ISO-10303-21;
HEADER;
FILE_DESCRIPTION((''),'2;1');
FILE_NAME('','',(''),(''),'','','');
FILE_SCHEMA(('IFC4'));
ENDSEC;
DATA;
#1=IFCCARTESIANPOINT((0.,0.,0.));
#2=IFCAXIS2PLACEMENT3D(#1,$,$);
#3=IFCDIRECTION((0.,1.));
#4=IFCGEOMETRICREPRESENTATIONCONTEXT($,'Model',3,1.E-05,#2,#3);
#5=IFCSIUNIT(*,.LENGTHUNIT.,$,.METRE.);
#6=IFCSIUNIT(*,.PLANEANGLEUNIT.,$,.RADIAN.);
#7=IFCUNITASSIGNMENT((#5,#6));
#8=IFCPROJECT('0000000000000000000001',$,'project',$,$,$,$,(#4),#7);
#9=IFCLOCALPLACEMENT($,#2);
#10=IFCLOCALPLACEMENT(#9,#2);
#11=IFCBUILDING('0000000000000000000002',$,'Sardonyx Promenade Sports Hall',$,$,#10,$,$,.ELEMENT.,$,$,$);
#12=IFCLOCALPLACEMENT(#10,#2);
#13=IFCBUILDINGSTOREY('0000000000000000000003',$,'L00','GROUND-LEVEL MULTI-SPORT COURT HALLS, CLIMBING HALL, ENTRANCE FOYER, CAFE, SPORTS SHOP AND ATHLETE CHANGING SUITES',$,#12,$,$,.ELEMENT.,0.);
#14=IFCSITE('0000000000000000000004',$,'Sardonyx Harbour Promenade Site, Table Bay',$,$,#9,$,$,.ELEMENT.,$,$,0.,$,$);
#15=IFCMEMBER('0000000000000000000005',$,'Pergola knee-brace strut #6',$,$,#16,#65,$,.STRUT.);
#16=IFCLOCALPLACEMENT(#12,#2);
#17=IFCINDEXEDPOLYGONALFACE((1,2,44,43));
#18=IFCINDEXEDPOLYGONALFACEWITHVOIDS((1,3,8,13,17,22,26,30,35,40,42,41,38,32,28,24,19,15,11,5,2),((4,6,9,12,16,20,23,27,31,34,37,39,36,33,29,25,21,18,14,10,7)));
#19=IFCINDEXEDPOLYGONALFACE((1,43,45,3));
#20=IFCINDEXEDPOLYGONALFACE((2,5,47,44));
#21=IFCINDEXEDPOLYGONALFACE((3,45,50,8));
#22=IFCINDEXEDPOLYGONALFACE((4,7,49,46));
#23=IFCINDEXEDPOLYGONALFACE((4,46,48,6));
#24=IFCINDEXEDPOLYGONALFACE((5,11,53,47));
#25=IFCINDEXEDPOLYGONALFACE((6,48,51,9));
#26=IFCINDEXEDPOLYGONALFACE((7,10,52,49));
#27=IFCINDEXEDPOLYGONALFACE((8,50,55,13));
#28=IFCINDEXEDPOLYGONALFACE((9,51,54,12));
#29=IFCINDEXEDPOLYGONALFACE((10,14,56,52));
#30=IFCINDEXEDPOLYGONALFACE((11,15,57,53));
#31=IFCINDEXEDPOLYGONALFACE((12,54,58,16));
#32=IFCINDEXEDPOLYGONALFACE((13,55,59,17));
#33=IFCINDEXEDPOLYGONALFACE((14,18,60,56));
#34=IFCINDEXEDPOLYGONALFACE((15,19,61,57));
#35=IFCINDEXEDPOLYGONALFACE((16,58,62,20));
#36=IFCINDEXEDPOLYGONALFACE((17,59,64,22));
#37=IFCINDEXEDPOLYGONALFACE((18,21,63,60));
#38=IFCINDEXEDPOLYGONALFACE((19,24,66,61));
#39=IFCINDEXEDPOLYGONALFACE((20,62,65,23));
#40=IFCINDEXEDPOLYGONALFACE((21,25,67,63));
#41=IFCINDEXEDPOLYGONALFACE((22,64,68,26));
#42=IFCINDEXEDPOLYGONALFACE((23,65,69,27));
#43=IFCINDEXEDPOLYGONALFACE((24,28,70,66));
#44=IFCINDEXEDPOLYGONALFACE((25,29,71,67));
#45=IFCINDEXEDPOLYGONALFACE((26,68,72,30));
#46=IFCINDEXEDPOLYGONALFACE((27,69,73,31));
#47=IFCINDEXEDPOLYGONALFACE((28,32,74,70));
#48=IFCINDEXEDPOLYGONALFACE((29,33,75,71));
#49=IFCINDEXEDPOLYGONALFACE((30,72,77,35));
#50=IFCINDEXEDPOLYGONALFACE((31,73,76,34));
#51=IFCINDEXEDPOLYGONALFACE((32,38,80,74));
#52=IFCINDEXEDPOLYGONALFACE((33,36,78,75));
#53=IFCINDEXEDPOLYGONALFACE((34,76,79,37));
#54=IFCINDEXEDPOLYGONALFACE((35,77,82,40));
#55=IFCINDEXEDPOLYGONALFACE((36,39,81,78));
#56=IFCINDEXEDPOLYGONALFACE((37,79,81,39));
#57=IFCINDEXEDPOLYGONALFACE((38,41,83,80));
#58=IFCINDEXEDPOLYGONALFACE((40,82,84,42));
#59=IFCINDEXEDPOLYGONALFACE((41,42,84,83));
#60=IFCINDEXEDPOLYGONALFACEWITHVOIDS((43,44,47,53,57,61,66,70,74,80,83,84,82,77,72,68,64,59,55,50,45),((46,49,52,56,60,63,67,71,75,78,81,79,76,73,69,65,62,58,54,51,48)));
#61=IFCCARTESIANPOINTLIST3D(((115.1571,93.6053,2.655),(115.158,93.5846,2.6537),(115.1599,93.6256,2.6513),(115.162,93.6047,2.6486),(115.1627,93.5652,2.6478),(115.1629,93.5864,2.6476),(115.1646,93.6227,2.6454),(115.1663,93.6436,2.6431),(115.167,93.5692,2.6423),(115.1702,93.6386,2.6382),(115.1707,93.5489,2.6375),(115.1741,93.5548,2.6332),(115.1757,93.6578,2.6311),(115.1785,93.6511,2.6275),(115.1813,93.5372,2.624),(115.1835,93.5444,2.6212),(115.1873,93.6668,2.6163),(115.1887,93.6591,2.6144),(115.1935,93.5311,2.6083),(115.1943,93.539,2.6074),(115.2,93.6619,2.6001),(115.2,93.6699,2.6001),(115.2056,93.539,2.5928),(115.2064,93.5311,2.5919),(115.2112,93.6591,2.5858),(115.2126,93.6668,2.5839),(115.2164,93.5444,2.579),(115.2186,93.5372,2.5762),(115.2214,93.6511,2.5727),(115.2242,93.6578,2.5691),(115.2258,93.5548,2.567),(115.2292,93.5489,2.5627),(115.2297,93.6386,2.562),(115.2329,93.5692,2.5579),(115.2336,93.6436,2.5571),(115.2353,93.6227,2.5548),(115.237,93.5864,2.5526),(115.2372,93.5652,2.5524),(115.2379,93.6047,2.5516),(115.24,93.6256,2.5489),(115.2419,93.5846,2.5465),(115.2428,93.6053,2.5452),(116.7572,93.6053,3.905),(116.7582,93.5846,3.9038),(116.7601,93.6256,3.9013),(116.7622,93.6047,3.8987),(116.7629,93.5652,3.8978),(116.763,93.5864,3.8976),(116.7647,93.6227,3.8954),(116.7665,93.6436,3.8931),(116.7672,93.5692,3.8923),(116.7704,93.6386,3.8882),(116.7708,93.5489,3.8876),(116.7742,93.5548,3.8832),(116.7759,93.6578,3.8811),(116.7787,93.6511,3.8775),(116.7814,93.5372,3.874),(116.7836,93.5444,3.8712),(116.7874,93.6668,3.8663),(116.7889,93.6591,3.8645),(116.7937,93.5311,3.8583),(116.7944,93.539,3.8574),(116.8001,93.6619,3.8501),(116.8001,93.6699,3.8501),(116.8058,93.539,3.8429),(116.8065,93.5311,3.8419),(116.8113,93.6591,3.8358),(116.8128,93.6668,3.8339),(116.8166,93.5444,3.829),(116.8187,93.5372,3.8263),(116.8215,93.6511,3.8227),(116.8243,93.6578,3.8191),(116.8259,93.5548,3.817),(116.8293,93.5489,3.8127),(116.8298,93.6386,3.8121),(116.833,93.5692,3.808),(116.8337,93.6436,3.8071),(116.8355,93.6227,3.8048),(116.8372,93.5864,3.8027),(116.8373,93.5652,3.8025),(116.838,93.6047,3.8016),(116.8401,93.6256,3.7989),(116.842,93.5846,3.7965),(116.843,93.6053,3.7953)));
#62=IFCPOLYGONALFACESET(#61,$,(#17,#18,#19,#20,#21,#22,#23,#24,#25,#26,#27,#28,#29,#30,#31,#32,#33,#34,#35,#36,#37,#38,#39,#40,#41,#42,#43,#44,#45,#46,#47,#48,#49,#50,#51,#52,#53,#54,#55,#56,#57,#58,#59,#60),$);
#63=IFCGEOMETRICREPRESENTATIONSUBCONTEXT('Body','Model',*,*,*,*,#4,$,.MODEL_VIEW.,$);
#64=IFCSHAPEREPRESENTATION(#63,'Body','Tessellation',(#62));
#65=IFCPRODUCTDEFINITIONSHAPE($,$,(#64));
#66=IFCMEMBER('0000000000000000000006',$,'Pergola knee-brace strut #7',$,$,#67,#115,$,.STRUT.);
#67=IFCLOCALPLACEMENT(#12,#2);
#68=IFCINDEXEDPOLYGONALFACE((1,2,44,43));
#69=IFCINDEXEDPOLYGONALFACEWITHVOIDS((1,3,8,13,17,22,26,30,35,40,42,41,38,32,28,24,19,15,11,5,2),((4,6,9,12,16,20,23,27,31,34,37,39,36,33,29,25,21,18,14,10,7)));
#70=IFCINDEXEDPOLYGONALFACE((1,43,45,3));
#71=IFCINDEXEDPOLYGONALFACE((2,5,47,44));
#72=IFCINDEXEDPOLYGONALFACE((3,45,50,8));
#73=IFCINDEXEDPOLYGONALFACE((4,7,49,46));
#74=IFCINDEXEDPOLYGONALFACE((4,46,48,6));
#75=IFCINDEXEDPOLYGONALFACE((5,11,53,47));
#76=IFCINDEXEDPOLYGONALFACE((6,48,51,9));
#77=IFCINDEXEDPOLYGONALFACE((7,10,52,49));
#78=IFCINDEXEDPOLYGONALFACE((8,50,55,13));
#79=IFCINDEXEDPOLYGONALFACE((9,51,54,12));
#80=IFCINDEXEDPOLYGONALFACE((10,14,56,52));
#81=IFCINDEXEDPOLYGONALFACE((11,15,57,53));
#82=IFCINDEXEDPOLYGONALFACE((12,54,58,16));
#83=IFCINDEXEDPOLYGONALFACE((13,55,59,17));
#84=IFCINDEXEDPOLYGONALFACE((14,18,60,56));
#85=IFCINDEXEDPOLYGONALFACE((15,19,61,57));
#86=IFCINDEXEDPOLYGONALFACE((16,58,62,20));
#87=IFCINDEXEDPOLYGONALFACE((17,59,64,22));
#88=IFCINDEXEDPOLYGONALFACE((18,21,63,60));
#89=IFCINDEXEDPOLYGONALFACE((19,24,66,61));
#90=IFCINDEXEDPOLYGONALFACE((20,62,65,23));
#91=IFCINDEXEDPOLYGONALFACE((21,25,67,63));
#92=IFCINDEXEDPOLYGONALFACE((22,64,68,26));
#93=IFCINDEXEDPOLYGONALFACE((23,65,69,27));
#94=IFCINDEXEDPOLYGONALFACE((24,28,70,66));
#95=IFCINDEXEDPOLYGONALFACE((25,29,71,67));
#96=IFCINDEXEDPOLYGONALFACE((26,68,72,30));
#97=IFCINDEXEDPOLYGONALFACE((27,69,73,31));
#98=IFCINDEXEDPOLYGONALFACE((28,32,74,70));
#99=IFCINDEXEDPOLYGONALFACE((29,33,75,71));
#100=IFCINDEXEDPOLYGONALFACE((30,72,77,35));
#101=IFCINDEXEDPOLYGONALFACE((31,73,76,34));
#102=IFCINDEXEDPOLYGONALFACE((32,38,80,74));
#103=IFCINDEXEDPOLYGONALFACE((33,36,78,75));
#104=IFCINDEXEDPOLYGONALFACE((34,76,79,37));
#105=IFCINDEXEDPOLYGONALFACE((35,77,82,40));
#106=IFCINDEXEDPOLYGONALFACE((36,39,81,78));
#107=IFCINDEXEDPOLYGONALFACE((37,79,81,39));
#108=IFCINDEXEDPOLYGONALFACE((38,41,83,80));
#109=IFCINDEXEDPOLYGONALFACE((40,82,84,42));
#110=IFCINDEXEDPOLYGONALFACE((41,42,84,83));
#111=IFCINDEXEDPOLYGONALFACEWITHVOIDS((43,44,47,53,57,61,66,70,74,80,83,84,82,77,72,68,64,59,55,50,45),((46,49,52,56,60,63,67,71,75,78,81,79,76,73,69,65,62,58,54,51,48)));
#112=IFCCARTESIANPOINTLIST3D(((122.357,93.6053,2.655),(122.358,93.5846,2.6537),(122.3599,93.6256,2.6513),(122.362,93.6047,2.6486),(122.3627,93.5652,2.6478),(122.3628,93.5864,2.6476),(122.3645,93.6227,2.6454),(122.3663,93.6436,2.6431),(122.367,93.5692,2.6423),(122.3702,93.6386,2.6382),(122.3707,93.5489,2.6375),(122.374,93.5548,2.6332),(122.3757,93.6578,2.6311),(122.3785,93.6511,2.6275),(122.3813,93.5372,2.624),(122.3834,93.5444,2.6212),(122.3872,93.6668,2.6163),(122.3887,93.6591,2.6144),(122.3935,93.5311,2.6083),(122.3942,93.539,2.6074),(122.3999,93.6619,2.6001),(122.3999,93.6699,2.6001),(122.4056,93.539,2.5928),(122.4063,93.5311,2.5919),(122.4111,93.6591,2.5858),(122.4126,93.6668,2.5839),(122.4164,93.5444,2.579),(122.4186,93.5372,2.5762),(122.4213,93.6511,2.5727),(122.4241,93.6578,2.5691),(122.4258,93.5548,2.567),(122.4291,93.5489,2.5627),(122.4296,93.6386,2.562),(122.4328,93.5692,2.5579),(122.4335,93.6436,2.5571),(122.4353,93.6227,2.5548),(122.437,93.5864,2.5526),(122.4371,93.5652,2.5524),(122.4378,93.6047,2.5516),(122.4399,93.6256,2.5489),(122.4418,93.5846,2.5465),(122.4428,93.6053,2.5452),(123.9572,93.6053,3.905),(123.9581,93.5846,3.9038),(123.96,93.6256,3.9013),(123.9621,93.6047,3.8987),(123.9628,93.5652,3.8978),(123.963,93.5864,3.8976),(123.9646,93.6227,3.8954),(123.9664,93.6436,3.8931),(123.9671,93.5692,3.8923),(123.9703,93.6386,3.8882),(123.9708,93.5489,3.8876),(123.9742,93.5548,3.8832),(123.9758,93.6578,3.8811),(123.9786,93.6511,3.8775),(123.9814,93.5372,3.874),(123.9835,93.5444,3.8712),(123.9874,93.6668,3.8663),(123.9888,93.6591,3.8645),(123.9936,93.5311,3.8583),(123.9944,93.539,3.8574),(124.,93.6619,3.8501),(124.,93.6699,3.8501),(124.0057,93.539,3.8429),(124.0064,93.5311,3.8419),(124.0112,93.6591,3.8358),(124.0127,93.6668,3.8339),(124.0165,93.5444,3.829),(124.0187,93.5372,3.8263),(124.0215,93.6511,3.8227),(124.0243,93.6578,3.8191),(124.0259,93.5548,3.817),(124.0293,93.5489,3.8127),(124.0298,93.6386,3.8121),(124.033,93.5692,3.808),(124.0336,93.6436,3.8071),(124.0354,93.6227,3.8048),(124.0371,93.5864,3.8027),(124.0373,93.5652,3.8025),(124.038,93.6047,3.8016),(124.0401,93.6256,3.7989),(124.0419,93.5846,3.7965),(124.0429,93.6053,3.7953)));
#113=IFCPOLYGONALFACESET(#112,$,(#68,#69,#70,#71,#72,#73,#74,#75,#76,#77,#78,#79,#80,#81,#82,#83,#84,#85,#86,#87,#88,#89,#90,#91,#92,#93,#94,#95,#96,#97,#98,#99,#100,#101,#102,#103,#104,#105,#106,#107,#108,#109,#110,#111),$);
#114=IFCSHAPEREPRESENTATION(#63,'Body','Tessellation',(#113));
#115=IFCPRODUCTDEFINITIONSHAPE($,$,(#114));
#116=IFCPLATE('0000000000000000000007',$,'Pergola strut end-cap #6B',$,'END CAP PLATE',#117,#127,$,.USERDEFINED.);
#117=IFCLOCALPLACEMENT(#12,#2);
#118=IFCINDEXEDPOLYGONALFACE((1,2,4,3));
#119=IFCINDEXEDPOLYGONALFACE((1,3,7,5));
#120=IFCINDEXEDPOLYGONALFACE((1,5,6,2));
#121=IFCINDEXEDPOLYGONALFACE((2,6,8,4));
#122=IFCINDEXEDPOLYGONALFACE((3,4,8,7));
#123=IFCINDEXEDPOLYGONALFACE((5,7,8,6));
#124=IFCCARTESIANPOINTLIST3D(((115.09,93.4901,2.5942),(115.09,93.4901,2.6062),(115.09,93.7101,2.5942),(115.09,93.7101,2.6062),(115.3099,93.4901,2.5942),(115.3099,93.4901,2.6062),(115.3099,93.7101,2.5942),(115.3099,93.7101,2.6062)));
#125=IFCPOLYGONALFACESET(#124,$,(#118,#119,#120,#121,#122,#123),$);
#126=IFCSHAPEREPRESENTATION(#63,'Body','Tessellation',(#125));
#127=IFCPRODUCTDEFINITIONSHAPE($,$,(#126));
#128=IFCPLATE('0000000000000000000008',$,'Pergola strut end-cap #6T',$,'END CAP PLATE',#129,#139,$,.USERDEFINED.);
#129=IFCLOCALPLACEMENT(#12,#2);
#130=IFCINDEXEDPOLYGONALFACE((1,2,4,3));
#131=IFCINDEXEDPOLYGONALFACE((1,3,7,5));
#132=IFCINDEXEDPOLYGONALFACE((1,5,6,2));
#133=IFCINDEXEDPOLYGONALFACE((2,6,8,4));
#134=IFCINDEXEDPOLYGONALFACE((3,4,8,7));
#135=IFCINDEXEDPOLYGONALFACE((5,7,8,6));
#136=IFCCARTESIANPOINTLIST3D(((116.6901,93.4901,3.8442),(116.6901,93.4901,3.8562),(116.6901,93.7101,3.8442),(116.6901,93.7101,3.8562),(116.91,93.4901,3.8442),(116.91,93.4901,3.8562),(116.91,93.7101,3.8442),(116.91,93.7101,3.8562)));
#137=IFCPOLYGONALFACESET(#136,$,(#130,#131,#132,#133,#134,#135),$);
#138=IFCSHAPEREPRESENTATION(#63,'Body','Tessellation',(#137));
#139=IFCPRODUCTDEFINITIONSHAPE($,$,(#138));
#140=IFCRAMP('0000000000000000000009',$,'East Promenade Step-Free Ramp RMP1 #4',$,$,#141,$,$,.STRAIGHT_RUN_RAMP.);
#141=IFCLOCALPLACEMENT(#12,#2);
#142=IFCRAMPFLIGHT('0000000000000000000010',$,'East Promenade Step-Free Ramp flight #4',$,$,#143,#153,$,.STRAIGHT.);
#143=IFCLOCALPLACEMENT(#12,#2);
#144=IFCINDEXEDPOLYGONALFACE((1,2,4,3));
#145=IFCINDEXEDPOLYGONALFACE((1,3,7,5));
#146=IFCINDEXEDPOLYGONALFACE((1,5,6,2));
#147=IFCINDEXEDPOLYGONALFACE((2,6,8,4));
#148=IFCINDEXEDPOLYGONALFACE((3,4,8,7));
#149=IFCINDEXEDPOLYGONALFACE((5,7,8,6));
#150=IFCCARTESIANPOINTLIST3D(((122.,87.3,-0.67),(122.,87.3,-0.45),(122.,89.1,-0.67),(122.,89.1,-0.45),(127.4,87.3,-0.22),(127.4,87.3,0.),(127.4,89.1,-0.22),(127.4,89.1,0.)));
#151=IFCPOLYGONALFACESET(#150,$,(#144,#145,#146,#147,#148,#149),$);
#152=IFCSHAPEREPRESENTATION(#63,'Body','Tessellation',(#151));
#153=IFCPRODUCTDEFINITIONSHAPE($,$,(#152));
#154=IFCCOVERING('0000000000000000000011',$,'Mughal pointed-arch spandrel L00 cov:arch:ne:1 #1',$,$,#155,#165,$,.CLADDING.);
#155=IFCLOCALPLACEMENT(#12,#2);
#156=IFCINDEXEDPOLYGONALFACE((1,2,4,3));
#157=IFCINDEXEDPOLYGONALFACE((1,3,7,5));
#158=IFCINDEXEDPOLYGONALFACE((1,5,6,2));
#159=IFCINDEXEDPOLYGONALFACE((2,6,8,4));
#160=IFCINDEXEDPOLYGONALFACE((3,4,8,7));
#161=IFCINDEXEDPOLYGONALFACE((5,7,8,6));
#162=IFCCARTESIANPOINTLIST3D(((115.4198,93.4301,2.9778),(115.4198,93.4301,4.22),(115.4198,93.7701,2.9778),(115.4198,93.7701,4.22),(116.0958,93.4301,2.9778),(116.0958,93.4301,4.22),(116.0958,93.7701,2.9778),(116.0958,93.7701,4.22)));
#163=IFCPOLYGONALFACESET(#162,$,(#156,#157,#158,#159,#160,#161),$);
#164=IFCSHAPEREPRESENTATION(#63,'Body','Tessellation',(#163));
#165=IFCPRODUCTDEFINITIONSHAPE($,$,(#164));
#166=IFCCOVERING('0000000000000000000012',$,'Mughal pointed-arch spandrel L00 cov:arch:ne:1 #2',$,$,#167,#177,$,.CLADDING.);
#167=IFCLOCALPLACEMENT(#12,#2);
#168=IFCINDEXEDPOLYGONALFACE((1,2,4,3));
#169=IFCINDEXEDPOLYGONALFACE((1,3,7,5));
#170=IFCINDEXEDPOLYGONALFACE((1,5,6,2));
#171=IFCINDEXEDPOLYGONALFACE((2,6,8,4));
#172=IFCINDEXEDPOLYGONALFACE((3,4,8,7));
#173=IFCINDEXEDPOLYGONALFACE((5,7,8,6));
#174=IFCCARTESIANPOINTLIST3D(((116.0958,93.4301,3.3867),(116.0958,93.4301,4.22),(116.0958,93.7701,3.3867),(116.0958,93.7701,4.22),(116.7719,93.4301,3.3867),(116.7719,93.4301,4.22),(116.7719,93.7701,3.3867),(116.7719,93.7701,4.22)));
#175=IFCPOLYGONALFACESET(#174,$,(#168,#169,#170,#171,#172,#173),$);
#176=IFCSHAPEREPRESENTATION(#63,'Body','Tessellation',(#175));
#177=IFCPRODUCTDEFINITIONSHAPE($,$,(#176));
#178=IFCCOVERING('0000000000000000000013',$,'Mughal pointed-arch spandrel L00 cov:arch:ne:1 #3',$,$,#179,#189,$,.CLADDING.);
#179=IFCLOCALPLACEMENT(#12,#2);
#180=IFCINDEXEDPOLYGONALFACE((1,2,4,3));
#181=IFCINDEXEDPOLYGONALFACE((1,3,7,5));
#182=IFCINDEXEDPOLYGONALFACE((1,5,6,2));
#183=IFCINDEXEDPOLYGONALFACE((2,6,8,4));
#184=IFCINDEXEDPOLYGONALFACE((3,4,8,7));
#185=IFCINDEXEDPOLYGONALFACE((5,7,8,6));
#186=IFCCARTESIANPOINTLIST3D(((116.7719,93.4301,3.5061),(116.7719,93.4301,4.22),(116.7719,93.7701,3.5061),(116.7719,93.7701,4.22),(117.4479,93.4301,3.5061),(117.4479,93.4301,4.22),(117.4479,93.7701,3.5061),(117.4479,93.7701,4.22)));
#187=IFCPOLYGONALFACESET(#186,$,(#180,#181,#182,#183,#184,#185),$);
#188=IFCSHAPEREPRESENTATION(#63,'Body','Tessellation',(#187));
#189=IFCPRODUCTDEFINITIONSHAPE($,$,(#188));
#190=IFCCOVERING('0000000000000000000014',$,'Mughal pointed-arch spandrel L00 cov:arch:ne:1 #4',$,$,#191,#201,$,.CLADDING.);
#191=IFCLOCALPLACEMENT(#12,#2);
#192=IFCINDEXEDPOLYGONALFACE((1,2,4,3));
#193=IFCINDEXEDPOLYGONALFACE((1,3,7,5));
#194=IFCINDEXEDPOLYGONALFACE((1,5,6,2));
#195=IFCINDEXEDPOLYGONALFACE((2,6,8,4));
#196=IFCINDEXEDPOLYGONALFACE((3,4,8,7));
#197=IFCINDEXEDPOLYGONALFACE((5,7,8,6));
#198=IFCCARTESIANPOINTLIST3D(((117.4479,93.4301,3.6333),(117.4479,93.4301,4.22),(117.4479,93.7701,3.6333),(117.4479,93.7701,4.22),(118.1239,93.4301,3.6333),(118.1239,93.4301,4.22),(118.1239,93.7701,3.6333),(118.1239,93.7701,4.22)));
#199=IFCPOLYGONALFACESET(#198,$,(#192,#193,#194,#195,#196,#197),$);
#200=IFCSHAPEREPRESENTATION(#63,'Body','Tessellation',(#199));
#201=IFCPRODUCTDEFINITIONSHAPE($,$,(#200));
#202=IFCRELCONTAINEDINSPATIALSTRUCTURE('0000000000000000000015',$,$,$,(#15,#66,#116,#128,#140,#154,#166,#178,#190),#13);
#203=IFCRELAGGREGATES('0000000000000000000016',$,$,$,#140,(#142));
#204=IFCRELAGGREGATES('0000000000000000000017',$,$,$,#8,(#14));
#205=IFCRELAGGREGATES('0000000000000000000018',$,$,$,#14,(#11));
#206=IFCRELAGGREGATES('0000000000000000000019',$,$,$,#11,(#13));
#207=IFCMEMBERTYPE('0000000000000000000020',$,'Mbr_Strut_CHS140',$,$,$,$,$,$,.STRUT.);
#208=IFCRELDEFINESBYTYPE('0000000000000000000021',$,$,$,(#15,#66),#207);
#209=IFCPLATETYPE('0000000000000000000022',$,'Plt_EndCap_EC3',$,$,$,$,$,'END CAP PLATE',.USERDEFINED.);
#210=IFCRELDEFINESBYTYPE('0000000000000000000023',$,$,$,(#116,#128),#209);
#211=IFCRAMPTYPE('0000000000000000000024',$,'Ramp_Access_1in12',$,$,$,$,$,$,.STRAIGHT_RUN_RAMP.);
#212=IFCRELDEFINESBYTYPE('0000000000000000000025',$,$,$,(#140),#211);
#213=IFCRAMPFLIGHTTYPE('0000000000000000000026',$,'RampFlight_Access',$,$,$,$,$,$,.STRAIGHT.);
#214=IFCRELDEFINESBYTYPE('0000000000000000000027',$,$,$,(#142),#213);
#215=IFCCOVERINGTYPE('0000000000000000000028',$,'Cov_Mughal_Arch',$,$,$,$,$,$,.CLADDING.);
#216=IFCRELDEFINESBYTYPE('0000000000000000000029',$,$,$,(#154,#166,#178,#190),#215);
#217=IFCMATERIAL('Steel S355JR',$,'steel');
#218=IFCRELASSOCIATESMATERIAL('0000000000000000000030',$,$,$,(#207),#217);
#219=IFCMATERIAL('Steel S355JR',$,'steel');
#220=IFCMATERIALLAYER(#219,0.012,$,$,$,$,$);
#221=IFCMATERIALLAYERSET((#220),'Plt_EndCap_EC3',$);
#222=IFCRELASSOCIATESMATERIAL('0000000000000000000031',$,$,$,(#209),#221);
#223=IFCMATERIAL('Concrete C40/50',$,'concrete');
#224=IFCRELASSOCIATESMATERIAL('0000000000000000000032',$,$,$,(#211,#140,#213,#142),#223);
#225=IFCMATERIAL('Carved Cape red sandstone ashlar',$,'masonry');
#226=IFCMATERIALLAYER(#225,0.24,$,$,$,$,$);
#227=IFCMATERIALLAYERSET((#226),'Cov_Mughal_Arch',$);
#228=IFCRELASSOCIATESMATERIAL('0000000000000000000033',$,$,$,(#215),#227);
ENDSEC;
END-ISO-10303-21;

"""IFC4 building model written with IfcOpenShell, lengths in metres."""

from ifc_helpers import new_model, si_unit, direction, frame, frame_2d, origin, origin_2d, place, context, subcontext, project, spatial, polyline, rectangle, hollow_circle, outline, extrude, material, layer, layer_set, material_profile, profile_set, type_object, element, aggregate, save


model = new_model("IFC4")

# Units and contexts
model_context = context("Model", 3, precision=1e-05, world=origin(), true_north=direction((0.0, 1.0)))
body_context = subcontext(model_context, "Body", "Model", "MODEL_VIEW")
ifc_project = project(units=[si_unit("LENGTHUNIT", "METRE"), si_unit("PLANEANGLEUNIT", "RADIAN")], contexts=[model_context])

# Site, building, storey
site_placement = place(None, origin())
site = spatial("IfcSite", under=ifc_project, at=site_placement, Name="Sardonyx Harbour Promenade Site, Table Bay", CompositionType="ELEMENT", RefElevation=0.0)
building_placement = place(site_placement, origin())
building = spatial("IfcBuilding", under=site, at=building_placement, Name="Sardonyx Promenade Sports Hall", CompositionType="ELEMENT")
storey_placement = place(building_placement, origin())
storey = spatial("IfcBuildingStorey", under=building, at=storey_placement, Name="L00", Description="GROUND-LEVEL MULTI-SPORT COURT HALLS, CLIMBING HALL, ENTRANCE FOYER, CAFE, SPORTS SHOP AND ATHLETE CHANGING SUITES", CompositionType="ELEMENT", Elevation=0.0)

# Members
ifc_material_1 = material(Name="Steel S355JR", Category="steel")
ifc_material_profile_1 = material_profile(ifc_material_1, hollow_circle(Radius=0.0698, WallThickness=0.0081, at=origin_2d()))
ifc_profile_set_1 = profile_set([ifc_material_profile_1], Name="Steel S355JR")
member_type_1 = type_object("IfcMemberType", Name="Mbr_Strut_CHS140", PredefinedType="STRUT", material=ifc_profile_set_1)
for number, where, z_axis, x_axis, name in (
    (1, (115.2, 93.6001, 2.6001), (0.788043, 0.0, 0.615621), (0.0, 1.0, 0.0), "Pergola knee-brace strut #6"),
    (2, (122.3999, 93.6001, 2.6001), (0.788043, 0.0, 0.615621), (0.0, 1.0, 0.0), "Pergola knee-brace strut #7"),
):
    element("IfcMember", number, at=place(storey_placement, frame(where, z_axis=z_axis, x_axis=x_axis)), inside=storey, type_object=member_type_1, Name=name, PredefinedType="STRUT", context=body_context, shape_type="SweptSolid", body=[
        extrude(hollow_circle(Radius=0.0698, WallThickness=0.0081, at=origin_2d()), origin(), (0.0, 0.0, 1.0), 2.0305),
    ])

# Plates
ifc_material_2 = material(Name="Steel S355JR", Category="steel")
ifc_layer_1 = layer(ifc_material_2, 0.012)
ifc_layer_set_1 = layer_set([ifc_layer_1], Name="Plt_EndCap_EC3")
plate_type = type_object("IfcPlateType", Name="Plt_EndCap_EC3", ElementType="END CAP PLATE", PredefinedType="USERDEFINED", material=ifc_layer_set_1)
for number, where, z_axis, x_axis, name in (
    (3, (115.2, 93.6001, 2.5942), (0.0, 0.0, 1.0), (1.0, 0.0, 0.0), "Pergola strut end-cap #6B"),
    (4, (116.8, 93.6001, 3.8442), (0.0, 0.0, 1.0), (1.0, 0.0, 0.0), "Pergola strut end-cap #6T"),
):
    element("IfcPlate", number, at=place(storey_placement, frame(where, z_axis=z_axis, x_axis=x_axis)), inside=storey, type_object=plate_type, Name=name, ObjectType="END CAP PLATE", PredefinedType="USERDEFINED", context=body_context, shape_type="SweptSolid", body=[
        extrude(rectangle(XDim=0.22, YDim=0.22, at=origin_2d()), origin(), (0.0, 0.0, 1.0), 0.012),
    ])

# Ramp, ramp flight
ifc_material_3 = material(Name="Concrete C40/50", Category="concrete")
ramp_type = type_object("IfcRampType", Name="Ramp_Access_1in12", PredefinedType="STRAIGHT_RUN_RAMP", material=ifc_material_3)
ramp_placement = place(storey_placement, frame((122.0, 88.2, -0.45), z_axis=(0.0, 0.0, 1.0), x_axis=(1.0, 0.0, 0.0)))
ramp = element("IfcRamp", 5, at=ramp_placement, inside=storey, type_object=ramp_type, material=ifc_material_3, Name="East Promenade Step-Free Ramp RMP1 #4", PredefinedType="STRAIGHT_RUN_RAMP")
ramp_flight_type = type_object("IfcRampFlightType", Name="RampFlight_Access", PredefinedType="STRAIGHT", material=ifc_material_3)
ramp_flight_placement = place(storey_placement, frame((122.0, 88.2, -0.45), z_axis=(0.0, -1.0, 0.0), x_axis=(1.0, 0.0, 0.0)))
ramp_flight = element("IfcRampFlight", 6, at=ramp_flight_placement, type_object=ramp_flight_type, material=ifc_material_3, Name="East Promenade Step-Free Ramp flight #4", PredefinedType="STRAIGHT", context=body_context, shape_type="SweptSolid", body=[
    extrude(outline(polyline([(0.0, 0.0), (5.4, 0.45), (5.4, 0.23), (0.0, -0.22), (0.0, 0.0)])), frame((0.0, 0.0, -0.9)), (0.0, 0.0, 1.0), 1.8),
])
aggregate(ramp, [ramp_flight])

# Coverings
ifc_material_4 = material(Name="Carved Cape red sandstone ashlar", Category="masonry")
ifc_layer_2 = layer(ifc_material_4, 0.24)
ifc_layer_set_2 = layer_set([ifc_layer_2], Name="Cov_Mughal_Arch")
covering_type = type_object("IfcCoveringType", Name="Cov_Mughal_Arch", PredefinedType="CLADDING", material=ifc_layer_set_2)
covering_1_placement = place(storey_placement, frame((115.4199, 93.6001, 2.9778), z_axis=(0.0, 0.0, 1.0), x_axis=(1.0, 0.0, 0.0)))
element("IfcCovering", 7, at=covering_1_placement, inside=storey, type_object=covering_type, Name="Mughal pointed-arch spandrel L00 cov:arch:ne:1 #1", PredefinedType="CLADDING", context=body_context, shape_type="SweptSolid", body=[
    extrude(rectangle(XDim=0.676, YDim=0.3401, at=frame_2d((0.3379, 0.0))), origin(), (0.0, 0.0, 1.0), 1.2422),
])
covering_2_placement = place(storey_placement, frame((116.0959, 93.6001, 3.3867), z_axis=(0.0, 0.0, 1.0), x_axis=(1.0, 0.0, 0.0)))
element("IfcCovering", 8, at=covering_2_placement, inside=storey, type_object=covering_type, Name="Mughal pointed-arch spandrel L00 cov:arch:ne:1 #2", PredefinedType="CLADDING", context=body_context, shape_type="SweptSolid", body=[
    extrude(rectangle(XDim=0.676, YDim=0.3401, at=frame_2d((0.3379, 0.0))), origin(), (0.0, 0.0, 1.0), 0.8333),
])
covering_3_placement = place(storey_placement, frame((116.772, 93.6001, 3.5061), z_axis=(0.0, 0.0, 1.0), x_axis=(1.0, 0.0, 0.0)))
element("IfcCovering", 9, at=covering_3_placement, inside=storey, type_object=covering_type, Name="Mughal pointed-arch spandrel L00 cov:arch:ne:1 #3", PredefinedType="CLADDING", context=body_context, shape_type="SweptSolid", body=[
    extrude(rectangle(XDim=0.676, YDim=0.3401, at=frame_2d((0.3379, 0.0))), origin(), (0.0, 0.0, 1.0), 0.7139),
])
covering_4_placement = place(storey_placement, frame((117.448, 93.6001, 3.6333), z_axis=(0.0, 0.0, 1.0), x_axis=(1.0, 0.0, 0.0)))
element("IfcCovering", 10, at=covering_4_placement, inside=storey, type_object=covering_type, Name="Mughal pointed-arch spandrel L00 cov:arch:ne:1 #4", PredefinedType="CLADDING", context=body_context, shape_type="SweptSolid", body=[
    extrude(rectangle(XDim=0.676, YDim=0.3401, at=frame_2d((0.3379, 0.0))), origin(), (0.0, 0.0, 1.0), 0.5867),
])

save(model, "model.ifc")
